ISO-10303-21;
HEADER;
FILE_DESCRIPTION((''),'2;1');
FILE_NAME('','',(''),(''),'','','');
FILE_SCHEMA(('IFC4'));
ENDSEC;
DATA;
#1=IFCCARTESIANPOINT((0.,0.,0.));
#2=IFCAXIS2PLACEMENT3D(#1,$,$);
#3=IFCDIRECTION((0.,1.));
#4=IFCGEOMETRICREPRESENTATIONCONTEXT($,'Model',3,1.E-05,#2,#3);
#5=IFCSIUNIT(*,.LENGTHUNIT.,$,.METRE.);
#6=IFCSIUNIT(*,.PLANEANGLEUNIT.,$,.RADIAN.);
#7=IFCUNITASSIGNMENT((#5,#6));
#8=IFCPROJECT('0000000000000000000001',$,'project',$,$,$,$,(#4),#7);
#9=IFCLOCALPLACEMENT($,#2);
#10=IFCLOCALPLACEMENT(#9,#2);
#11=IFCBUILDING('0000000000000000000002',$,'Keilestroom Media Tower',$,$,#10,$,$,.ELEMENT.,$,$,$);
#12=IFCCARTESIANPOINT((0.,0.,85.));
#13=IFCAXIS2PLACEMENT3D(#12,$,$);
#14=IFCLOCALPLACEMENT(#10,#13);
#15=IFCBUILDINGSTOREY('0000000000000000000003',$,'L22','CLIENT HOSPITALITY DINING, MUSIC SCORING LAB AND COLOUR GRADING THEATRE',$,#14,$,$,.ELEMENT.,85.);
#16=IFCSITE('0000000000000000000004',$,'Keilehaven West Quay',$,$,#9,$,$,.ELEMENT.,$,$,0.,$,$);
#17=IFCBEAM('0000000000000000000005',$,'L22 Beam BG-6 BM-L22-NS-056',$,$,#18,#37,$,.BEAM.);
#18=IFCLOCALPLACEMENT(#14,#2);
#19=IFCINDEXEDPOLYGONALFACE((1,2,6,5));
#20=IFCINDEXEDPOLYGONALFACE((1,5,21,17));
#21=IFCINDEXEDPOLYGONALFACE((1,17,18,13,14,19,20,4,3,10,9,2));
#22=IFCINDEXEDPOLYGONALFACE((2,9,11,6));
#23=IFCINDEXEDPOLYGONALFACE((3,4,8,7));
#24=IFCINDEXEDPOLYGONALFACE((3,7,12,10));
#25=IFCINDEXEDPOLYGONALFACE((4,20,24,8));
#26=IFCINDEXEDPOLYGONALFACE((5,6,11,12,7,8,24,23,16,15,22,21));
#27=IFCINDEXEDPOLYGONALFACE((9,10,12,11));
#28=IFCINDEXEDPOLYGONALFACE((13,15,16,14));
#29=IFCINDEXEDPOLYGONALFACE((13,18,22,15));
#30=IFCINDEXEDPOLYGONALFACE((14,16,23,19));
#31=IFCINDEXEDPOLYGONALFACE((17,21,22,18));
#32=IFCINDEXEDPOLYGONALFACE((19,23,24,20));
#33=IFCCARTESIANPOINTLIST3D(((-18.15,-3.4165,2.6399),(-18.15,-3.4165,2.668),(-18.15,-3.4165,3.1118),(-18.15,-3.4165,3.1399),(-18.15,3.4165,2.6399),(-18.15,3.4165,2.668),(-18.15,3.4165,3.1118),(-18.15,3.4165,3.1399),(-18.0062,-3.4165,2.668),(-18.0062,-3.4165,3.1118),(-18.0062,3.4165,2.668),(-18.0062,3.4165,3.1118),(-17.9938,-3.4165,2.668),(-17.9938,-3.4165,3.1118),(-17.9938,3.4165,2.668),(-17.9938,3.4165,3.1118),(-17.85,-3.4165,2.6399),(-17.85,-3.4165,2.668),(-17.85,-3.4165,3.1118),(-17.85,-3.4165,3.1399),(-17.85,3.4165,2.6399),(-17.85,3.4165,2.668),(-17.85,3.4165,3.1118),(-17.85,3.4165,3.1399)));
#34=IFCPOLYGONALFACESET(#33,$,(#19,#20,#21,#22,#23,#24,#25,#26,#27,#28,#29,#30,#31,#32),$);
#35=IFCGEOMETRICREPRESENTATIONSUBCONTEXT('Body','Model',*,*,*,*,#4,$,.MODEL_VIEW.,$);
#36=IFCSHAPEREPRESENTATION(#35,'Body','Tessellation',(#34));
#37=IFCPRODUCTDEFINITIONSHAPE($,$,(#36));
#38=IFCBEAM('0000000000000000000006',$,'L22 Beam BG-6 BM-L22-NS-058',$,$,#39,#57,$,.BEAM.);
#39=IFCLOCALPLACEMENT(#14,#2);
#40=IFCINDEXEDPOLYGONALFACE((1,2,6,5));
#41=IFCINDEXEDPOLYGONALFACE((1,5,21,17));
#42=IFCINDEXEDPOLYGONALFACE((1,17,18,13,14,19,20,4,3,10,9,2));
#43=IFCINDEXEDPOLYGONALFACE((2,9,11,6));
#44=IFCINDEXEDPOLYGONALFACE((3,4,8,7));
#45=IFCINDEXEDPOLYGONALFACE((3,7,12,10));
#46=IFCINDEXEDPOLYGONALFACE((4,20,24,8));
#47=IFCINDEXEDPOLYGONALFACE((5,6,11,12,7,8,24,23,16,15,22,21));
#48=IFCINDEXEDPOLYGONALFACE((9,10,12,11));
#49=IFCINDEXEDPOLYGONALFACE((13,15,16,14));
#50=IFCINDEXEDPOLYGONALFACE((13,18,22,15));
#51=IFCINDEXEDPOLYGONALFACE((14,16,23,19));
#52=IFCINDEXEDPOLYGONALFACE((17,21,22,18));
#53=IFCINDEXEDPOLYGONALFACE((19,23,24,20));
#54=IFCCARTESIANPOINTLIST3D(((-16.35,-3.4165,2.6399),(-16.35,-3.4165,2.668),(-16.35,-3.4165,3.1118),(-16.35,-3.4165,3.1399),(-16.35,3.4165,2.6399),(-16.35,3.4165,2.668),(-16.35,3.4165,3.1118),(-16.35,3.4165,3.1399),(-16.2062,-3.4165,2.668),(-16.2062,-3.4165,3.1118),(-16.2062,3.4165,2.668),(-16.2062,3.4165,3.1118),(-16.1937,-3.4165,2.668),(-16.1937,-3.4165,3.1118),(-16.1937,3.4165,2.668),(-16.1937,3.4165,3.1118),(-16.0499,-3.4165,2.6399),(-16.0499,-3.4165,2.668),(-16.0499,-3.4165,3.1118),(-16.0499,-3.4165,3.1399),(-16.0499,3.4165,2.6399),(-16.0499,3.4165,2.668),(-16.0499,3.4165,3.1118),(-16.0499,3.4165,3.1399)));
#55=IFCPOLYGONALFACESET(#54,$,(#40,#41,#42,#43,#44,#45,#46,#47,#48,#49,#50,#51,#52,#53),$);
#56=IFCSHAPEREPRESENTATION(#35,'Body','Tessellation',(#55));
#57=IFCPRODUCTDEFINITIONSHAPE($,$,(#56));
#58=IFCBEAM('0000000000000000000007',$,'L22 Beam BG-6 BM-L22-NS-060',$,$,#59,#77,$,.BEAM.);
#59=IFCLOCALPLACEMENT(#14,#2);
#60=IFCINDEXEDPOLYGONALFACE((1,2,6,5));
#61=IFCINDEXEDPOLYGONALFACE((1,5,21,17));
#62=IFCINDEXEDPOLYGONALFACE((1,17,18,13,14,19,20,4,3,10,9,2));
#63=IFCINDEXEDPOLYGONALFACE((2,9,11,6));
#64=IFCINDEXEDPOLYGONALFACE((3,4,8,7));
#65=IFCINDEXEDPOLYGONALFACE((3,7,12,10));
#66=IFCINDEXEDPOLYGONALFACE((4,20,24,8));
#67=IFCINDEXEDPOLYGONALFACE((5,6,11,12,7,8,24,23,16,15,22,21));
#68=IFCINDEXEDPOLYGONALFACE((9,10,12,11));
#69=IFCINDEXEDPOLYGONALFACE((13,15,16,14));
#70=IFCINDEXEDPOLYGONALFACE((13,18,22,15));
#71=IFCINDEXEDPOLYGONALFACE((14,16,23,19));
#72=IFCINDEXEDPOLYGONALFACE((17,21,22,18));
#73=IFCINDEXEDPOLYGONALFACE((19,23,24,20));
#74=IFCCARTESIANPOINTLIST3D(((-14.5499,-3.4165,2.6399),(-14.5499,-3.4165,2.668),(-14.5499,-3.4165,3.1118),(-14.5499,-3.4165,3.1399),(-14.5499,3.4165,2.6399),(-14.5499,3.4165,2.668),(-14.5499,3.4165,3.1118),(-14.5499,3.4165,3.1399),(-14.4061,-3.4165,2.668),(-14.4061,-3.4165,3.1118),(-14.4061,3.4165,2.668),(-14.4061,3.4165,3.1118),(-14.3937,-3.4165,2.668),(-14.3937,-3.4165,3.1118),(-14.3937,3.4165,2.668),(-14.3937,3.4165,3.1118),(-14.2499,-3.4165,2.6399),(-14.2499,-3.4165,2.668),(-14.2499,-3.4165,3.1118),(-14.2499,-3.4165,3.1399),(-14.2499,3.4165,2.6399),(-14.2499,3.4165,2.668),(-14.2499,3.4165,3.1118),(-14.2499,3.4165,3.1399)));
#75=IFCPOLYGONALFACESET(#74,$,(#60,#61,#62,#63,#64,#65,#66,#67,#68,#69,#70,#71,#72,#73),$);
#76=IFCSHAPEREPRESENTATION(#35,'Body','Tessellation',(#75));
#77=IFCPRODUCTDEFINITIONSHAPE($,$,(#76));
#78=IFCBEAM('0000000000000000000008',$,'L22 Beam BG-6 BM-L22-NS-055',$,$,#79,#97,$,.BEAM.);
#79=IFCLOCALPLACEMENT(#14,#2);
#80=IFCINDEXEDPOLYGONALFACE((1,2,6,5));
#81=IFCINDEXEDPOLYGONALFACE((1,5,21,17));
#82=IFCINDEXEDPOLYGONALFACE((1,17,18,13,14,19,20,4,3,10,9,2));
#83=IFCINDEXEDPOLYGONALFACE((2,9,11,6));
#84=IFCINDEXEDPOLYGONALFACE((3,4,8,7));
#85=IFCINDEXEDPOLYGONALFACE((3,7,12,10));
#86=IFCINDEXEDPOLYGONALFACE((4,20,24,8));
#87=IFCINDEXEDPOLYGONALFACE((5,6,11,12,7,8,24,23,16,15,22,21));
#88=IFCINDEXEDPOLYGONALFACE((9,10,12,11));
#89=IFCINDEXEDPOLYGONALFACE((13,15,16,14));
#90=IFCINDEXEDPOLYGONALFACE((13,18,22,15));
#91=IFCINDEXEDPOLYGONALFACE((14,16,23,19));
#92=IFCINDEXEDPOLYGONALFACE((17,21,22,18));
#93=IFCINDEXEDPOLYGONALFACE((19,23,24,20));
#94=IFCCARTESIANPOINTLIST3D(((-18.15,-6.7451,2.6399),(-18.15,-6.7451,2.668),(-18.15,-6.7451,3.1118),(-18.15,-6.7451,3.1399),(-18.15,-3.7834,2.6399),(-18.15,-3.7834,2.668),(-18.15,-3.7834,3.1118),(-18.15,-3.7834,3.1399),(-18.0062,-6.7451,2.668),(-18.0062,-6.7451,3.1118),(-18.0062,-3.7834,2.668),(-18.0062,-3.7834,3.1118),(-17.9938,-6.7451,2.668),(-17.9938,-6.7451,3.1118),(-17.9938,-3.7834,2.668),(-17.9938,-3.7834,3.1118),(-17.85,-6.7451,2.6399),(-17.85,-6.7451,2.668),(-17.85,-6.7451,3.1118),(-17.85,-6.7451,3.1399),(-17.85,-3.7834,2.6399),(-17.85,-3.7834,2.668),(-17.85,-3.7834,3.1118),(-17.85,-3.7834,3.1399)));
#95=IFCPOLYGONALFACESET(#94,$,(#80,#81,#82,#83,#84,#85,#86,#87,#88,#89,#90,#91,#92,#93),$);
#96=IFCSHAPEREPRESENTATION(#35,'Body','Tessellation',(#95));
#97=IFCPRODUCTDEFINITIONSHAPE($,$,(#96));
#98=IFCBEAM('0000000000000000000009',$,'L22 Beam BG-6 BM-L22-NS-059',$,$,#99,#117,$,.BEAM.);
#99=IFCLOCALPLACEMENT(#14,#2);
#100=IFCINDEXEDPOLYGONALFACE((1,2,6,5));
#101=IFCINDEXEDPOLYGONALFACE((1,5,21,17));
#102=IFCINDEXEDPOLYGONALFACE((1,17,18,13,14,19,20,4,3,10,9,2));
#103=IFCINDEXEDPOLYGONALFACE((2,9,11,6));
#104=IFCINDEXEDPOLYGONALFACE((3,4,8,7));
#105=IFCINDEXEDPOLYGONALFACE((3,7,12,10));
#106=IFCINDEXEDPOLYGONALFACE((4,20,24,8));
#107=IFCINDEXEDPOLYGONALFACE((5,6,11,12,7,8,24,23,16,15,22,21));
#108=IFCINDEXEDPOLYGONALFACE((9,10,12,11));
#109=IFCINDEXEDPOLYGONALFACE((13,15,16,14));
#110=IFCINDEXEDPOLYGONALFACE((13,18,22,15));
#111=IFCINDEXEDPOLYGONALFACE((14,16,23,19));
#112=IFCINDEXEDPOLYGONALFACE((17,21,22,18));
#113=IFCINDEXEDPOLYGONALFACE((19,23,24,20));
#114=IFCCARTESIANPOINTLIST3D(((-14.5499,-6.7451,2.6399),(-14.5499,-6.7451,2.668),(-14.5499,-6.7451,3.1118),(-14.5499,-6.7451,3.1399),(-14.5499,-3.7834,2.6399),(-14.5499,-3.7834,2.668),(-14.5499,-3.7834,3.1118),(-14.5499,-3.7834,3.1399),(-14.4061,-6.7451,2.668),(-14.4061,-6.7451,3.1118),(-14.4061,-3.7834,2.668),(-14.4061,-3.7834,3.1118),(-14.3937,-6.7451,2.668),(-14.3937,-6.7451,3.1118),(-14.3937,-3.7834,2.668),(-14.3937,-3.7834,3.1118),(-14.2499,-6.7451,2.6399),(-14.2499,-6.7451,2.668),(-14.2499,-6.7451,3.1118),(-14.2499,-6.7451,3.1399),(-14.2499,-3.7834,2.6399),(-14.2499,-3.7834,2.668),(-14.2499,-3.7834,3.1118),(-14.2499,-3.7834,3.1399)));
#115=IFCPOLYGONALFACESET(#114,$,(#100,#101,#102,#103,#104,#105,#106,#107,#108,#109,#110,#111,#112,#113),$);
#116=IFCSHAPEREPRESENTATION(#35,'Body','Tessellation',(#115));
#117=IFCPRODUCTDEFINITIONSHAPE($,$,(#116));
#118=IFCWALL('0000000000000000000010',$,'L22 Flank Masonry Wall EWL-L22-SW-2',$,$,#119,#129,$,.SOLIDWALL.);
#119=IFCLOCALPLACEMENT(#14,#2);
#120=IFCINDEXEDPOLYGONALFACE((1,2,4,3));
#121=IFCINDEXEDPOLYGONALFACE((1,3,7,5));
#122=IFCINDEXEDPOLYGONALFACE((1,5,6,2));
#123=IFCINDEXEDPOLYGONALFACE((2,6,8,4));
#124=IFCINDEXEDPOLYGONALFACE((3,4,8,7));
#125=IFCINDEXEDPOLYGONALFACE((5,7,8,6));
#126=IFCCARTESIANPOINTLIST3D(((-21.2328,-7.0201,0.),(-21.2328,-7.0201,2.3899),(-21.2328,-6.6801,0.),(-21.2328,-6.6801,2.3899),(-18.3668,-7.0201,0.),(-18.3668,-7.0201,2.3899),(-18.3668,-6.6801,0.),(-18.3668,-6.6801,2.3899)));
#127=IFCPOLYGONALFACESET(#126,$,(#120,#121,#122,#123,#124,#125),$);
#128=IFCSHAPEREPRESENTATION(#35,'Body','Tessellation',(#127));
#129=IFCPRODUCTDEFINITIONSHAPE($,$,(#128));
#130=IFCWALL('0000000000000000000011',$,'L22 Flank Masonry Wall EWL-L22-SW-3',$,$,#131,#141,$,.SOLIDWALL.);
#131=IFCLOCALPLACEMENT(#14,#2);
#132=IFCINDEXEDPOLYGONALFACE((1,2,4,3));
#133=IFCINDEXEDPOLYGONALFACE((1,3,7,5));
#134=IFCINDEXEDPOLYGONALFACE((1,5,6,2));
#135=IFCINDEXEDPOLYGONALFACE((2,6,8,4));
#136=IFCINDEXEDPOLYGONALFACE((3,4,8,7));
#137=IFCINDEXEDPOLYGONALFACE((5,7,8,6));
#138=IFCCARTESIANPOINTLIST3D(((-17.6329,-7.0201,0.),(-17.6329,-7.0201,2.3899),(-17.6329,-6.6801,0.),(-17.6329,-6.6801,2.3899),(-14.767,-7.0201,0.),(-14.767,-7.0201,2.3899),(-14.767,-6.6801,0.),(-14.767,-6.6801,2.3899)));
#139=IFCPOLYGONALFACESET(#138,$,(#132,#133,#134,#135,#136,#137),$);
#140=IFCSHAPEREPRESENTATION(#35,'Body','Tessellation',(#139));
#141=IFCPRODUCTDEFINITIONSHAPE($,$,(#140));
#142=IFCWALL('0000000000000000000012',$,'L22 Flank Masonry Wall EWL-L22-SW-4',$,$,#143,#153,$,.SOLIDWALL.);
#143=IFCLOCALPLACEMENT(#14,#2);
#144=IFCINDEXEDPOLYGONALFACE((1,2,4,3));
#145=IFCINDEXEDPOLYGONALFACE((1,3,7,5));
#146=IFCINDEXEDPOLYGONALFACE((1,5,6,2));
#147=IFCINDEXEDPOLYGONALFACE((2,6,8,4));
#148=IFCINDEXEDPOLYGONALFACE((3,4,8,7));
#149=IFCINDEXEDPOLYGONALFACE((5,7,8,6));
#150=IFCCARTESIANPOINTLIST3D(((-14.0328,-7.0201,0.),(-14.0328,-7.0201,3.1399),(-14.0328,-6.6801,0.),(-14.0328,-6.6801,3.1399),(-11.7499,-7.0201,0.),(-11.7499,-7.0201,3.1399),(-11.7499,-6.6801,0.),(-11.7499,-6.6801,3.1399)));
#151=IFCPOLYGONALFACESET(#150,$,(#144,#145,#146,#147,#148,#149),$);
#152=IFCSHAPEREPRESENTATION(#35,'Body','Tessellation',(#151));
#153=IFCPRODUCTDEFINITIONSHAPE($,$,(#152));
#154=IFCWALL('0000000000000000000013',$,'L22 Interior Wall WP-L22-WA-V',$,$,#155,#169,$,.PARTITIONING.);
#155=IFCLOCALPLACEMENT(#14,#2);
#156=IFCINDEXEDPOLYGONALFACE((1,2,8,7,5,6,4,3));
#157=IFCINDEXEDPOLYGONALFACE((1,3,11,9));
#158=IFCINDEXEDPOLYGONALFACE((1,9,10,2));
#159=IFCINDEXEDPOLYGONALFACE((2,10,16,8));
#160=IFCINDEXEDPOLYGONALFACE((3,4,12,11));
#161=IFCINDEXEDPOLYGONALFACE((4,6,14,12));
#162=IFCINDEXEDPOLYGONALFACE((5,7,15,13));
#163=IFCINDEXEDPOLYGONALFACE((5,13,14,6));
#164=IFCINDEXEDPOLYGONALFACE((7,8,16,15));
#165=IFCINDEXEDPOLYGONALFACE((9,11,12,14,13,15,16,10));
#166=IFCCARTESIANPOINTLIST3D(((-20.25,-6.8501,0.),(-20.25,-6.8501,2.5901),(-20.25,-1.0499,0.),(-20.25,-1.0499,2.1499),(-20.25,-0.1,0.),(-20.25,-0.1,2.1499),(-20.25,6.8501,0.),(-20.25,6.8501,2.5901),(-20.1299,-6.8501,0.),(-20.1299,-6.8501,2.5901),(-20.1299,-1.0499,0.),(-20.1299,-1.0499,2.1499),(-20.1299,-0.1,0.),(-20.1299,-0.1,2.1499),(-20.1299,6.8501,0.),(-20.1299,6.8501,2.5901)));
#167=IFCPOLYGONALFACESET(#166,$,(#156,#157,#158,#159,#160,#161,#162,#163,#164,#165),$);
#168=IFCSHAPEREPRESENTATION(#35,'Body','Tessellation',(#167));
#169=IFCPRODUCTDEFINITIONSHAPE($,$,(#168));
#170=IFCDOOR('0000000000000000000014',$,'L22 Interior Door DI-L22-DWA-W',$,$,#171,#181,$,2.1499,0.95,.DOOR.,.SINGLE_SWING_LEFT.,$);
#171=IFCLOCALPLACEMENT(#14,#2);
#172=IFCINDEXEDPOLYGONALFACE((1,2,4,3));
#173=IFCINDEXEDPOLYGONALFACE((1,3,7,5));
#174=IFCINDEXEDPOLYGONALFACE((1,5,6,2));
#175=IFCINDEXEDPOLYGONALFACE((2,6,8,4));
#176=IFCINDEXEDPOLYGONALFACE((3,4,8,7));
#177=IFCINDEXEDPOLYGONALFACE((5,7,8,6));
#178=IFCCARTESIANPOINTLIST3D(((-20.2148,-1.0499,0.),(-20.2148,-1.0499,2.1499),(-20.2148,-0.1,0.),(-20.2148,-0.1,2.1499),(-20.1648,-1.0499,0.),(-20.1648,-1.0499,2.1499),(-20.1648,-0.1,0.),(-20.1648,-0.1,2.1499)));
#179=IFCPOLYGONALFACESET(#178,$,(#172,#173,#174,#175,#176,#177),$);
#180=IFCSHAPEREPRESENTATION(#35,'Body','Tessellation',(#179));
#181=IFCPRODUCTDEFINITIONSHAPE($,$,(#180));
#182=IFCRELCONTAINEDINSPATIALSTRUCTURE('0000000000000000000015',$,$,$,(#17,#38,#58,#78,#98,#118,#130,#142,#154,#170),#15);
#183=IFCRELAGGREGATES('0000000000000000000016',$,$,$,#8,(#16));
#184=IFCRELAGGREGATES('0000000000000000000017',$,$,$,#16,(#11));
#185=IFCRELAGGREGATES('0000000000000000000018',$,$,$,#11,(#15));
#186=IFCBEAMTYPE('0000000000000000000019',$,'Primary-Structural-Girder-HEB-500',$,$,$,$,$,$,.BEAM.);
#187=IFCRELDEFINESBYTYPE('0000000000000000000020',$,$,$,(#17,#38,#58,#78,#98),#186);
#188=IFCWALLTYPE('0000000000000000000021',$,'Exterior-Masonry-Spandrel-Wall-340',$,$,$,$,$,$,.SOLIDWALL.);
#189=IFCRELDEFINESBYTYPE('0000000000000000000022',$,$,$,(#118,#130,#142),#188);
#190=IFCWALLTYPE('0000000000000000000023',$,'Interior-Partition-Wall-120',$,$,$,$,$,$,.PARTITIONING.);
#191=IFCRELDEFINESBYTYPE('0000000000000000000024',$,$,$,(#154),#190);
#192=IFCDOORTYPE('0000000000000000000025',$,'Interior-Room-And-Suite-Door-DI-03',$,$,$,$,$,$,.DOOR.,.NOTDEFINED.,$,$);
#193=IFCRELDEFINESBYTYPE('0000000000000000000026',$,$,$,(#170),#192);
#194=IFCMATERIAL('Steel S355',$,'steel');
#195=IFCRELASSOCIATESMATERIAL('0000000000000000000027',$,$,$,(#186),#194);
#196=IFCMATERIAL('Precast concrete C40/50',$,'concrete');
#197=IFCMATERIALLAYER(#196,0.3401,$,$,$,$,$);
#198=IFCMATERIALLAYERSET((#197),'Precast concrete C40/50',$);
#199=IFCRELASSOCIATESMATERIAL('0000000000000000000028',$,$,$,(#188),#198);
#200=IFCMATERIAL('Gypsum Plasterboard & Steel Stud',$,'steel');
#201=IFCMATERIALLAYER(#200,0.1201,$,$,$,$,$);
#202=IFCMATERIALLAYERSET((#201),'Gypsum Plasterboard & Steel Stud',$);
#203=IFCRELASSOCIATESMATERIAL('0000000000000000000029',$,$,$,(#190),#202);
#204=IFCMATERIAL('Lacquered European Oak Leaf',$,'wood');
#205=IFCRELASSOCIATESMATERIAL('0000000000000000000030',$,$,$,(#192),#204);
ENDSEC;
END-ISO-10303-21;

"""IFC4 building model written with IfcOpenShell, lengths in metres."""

from ifc_helpers import new_model, si_unit, direction, frame, frame_2d, origin, origin_2d, place, context, subcontext, project, spatial, rectangle, i_section, extrude, source, transform, mapped, material, layer, layer_set, material_profile, profile_set, type_object, element, fill, save


model = new_model("IFC4")

# Units and contexts
model_context = context("Model", 3, precision=1e-05, world=origin(), true_north=direction((0.0, 1.0)))
body_context = subcontext(model_context, "Body", "Model", "MODEL_VIEW")
ifc_project = project(units=[si_unit("LENGTHUNIT", "METRE"), si_unit("PLANEANGLEUNIT", "RADIAN")], contexts=[model_context])

# Site, building, storey
site_placement = place(None, origin())
site = spatial("IfcSite", under=ifc_project, at=site_placement, Name="Keilehaven West Quay", CompositionType="ELEMENT", RefElevation=0.0)
building_placement = place(site_placement, origin())
building = spatial("IfcBuilding", under=site, at=building_placement, Name="Keilestroom Media Tower", CompositionType="ELEMENT")
storey_placement = place(building_placement, frame((0.0, 0.0, 85.0)))
storey = spatial("IfcBuildingStorey", under=building, at=storey_placement, Name="L22", Description="CLIENT HOSPITALITY DINING, MUSIC SCORING LAB AND COLOUR GRADING THEATRE", CompositionType="ELEMENT", Elevation=85.0)

# Shared definitions
ifc_material_1 = material(Name="Precast concrete C40/50", Category="concrete")

# Beams
ifc_material_2 = material(Name="Steel S355", Category="steel")
ifc_material_profile_1 = material_profile(ifc_material_2, i_section(OverallWidth=0.3, OverallDepth=0.5, WebThickness=0.0125, FlangeThickness=0.0281, at=origin_2d()), Name="HEB 500")
ifc_profile_set_1 = profile_set([ifc_material_profile_1], Name="Steel S355")
beam_type_1 = type_object("IfcBeamType", Name="Primary-Structural-Girder-HEB-500", PredefinedType="BEAM", material=ifc_profile_set_1)
shared_shape_1 = source(origin(), body_context, "Body", "SweptSolid", [
    extrude(i_section(OverallWidth=0.3, OverallDepth=0.5, WebThickness=0.0125, FlangeThickness=0.0281, at=origin_2d()), origin(), (0.0, 0.0, 1.0), 6.833),
])
for number, where, z_axis, x_axis, name in (
    (1, (-18.0, -3.4165, 2.8899), (0.0, 1.0, 0.0), (-1.0, 0.0, 0.0), "L22 Beam BG-6 BM-L22-NS-056"),
    (2, (-16.2, -3.4165, 2.8899), (0.0, 1.0, 0.0), (-1.0, 0.0, 0.0), "L22 Beam BG-6 BM-L22-NS-058"),
    (3, (-14.3999, -3.4165, 2.8899), (0.0, 1.0, 0.0), (-1.0, 0.0, 0.0), "L22 Beam BG-6 BM-L22-NS-060"),
):
    element("IfcBeam", number, at=place(storey_placement, frame(where, z_axis=z_axis, x_axis=x_axis)), inside=storey, type_object=beam_type_1, Name=name, PredefinedType="BEAM", context=body_context, shape_type="MappedRepresentation", body=[
        mapped(shared_shape_1, transform((0.0, 0.0, 0.0), x_axis=(1.0, 0.0, 0.0), y_axis=(0.0, 1.0, 0.0), z_axis=(0.0, 0.0, 1.0), scale=1.0)),
    ])
shared_shape_2 = source(origin(), body_context, "Body", "SweptSolid", [
    extrude(i_section(OverallWidth=0.3, OverallDepth=0.5, WebThickness=0.0125, FlangeThickness=0.0281, at=origin_2d()), origin(), (0.0, 0.0, 1.0), 2.9617),
])
for number, where, z_axis, x_axis, name in (
    (4, (-18.0, -6.7451, 2.8899), (0.0, 1.0, 0.0), (-1.0, 0.0, 0.0), "L22 Beam BG-6 BM-L22-NS-055"),
    (5, (-14.3999, -6.7451, 2.8899), (0.0, 1.0, 0.0), (-1.0, 0.0, 0.0), "L22 Beam BG-6 BM-L22-NS-059"),
):
    element("IfcBeam", number, at=place(storey_placement, frame(where, z_axis=z_axis, x_axis=x_axis)), inside=storey, type_object=beam_type_1, Name=name, PredefinedType="BEAM", context=body_context, shape_type="MappedRepresentation", body=[
        mapped(shared_shape_2, transform((0.0, 0.0, 0.0), x_axis=(1.0, 0.0, 0.0), y_axis=(0.0, 1.0, 0.0), z_axis=(0.0, 0.0, 1.0), scale=1.0)),
    ])

# Walls
ifc_layer_1 = layer(ifc_material_1, 0.3401)
ifc_layer_set_1 = layer_set([ifc_layer_1], Name="Precast concrete C40/50")
wall_type_1 = type_object("IfcWallType", Name="Exterior-Masonry-Spandrel-Wall-340", PredefinedType="SOLIDWALL", material=ifc_layer_set_1)
for number, where, z_axis, x_axis, name in (
    (6, (-21.2329, -6.8501, 0.0), (0.0, 0.0, 1.0), (1.0, 0.0, 0.0), "L22 Flank Masonry Wall EWL-L22-SW-2"),
    (7, (-17.6331, -6.8501, 0.0), (0.0, 0.0, 1.0), (1.0, 0.0, 0.0), "L22 Flank Masonry Wall EWL-L22-SW-3"),
):
    element("IfcWall", number, at=place(storey_placement, frame(where, z_axis=z_axis, x_axis=x_axis)), inside=storey, type_object=wall_type_1, Name=name, PredefinedType="SOLIDWALL", context=body_context, shape_type="SweptSolid", body=[
        extrude(rectangle(XDim=2.866, YDim=0.3401, at=frame_2d((1.4331, 0.0))), origin(), (0.0, 0.0, 1.0), 2.3899),
    ])
wall_1_placement = place(storey_placement, frame((-14.033, -6.8501, 0.0), z_axis=(0.0, 0.0, 1.0), x_axis=(1.0, 0.0, 0.0)))
element("IfcWall", 8, at=wall_1_placement, inside=storey, type_object=wall_type_1, Name="L22 Flank Masonry Wall EWL-L22-SW-4", PredefinedType="SOLIDWALL", context=body_context, shape_type="SweptSolid", body=[
    extrude(rectangle(XDim=2.283, YDim=0.3401, at=frame_2d((1.1416, 0.0))), origin(), (0.0, 0.0, 1.0), 3.1399),
])

# Wall, opening, door
ifc_material_3 = material(Name="Gypsum Plasterboard & Steel Stud", Category="steel")
ifc_layer_2 = layer(ifc_material_3, 0.1201)
ifc_layer_set_2 = layer_set([ifc_layer_2], Name="Gypsum Plasterboard & Steel Stud")
wall_type_2 = type_object("IfcWallType", Name="Interior-Partition-Wall-120", PredefinedType="PARTITIONING", material=ifc_layer_set_2)
wall_2_placement = place(storey_placement, frame((-20.1899, -6.8501, 0.0), z_axis=(0.0, 0.0, 1.0), x_axis=(0.0, 1.0, 0.0)))
wall_2 = element("IfcWall", 9, at=wall_2_placement, inside=storey, type_object=wall_type_2, Name="L22 Interior Wall WP-L22-WA-V", PredefinedType="PARTITIONING", context=body_context, shape_type="SweptSolid", body=[
    extrude(rectangle(XDim=13.7002, YDim=0.1201, at=frame_2d((6.8501, 0.0))), origin(), (0.0, 0.0, 1.0), 2.5901),
])
opening_1_placement = place(wall_2_placement, frame((5.8, 0.0, 0.0)))
opening_1 = element("IfcOpeningElement", 10, at=opening_1_placement, cuts=wall_2, PredefinedType="OPENING", context=body_context, shape_type="SweptSolid", body=[
    extrude(rectangle(XDim=0.95, YDim=2.1499, at=frame_2d((0.4751, 1.075))), frame((0.0, 0.0701, 0.0), z_axis=(0.0, -1.0, 0.0), x_axis=(1.0, 0.0, 0.0)), (0.0, 0.0, 1.0), 0.1401),
])
ifc_material_4 = material(Name="Lacquered European Oak Leaf", Category="wood")
door_type_1 = type_object("IfcDoorType", Name="Interior-Room-And-Suite-Door-DI-03", OperationType="NOTDEFINED", PredefinedType="DOOR", material=ifc_material_4)
shared_shape_3 = source(origin(), body_context, "Body", "SweptSolid", [
    extrude(rectangle(XDim=0.95, YDim=2.1499, at=frame_2d((0.4751, 1.075))), frame((0.0, 0.0249, 0.0), z_axis=(0.0, -1.0, 0.0), x_axis=(1.0, 0.0, 0.0)), (0.0, 0.0, 1.0), 0.05),
])
door_1_placement = place(opening_1_placement, origin())
door_1 = element("IfcDoor", 11, at=door_1_placement, inside=storey, type_object=door_type_1, Name="L22 Interior Door DI-L22-DWA-W", OperationType="SINGLE_SWING_LEFT", OverallHeight=2.1499, OverallWidth=0.95, PredefinedType="DOOR", context=body_context, shape_type="MappedRepresentation", body=[
    mapped(shared_shape_3, transform((0.0, 0.0, 0.0), x_axis=(1.0, 0.0, 0.0), y_axis=(0.0, 1.0, 0.0), z_axis=(0.0, 0.0, 1.0), scale=1.0)),
])
fill(opening_1, door_1)

save(model, "model.ifc")
